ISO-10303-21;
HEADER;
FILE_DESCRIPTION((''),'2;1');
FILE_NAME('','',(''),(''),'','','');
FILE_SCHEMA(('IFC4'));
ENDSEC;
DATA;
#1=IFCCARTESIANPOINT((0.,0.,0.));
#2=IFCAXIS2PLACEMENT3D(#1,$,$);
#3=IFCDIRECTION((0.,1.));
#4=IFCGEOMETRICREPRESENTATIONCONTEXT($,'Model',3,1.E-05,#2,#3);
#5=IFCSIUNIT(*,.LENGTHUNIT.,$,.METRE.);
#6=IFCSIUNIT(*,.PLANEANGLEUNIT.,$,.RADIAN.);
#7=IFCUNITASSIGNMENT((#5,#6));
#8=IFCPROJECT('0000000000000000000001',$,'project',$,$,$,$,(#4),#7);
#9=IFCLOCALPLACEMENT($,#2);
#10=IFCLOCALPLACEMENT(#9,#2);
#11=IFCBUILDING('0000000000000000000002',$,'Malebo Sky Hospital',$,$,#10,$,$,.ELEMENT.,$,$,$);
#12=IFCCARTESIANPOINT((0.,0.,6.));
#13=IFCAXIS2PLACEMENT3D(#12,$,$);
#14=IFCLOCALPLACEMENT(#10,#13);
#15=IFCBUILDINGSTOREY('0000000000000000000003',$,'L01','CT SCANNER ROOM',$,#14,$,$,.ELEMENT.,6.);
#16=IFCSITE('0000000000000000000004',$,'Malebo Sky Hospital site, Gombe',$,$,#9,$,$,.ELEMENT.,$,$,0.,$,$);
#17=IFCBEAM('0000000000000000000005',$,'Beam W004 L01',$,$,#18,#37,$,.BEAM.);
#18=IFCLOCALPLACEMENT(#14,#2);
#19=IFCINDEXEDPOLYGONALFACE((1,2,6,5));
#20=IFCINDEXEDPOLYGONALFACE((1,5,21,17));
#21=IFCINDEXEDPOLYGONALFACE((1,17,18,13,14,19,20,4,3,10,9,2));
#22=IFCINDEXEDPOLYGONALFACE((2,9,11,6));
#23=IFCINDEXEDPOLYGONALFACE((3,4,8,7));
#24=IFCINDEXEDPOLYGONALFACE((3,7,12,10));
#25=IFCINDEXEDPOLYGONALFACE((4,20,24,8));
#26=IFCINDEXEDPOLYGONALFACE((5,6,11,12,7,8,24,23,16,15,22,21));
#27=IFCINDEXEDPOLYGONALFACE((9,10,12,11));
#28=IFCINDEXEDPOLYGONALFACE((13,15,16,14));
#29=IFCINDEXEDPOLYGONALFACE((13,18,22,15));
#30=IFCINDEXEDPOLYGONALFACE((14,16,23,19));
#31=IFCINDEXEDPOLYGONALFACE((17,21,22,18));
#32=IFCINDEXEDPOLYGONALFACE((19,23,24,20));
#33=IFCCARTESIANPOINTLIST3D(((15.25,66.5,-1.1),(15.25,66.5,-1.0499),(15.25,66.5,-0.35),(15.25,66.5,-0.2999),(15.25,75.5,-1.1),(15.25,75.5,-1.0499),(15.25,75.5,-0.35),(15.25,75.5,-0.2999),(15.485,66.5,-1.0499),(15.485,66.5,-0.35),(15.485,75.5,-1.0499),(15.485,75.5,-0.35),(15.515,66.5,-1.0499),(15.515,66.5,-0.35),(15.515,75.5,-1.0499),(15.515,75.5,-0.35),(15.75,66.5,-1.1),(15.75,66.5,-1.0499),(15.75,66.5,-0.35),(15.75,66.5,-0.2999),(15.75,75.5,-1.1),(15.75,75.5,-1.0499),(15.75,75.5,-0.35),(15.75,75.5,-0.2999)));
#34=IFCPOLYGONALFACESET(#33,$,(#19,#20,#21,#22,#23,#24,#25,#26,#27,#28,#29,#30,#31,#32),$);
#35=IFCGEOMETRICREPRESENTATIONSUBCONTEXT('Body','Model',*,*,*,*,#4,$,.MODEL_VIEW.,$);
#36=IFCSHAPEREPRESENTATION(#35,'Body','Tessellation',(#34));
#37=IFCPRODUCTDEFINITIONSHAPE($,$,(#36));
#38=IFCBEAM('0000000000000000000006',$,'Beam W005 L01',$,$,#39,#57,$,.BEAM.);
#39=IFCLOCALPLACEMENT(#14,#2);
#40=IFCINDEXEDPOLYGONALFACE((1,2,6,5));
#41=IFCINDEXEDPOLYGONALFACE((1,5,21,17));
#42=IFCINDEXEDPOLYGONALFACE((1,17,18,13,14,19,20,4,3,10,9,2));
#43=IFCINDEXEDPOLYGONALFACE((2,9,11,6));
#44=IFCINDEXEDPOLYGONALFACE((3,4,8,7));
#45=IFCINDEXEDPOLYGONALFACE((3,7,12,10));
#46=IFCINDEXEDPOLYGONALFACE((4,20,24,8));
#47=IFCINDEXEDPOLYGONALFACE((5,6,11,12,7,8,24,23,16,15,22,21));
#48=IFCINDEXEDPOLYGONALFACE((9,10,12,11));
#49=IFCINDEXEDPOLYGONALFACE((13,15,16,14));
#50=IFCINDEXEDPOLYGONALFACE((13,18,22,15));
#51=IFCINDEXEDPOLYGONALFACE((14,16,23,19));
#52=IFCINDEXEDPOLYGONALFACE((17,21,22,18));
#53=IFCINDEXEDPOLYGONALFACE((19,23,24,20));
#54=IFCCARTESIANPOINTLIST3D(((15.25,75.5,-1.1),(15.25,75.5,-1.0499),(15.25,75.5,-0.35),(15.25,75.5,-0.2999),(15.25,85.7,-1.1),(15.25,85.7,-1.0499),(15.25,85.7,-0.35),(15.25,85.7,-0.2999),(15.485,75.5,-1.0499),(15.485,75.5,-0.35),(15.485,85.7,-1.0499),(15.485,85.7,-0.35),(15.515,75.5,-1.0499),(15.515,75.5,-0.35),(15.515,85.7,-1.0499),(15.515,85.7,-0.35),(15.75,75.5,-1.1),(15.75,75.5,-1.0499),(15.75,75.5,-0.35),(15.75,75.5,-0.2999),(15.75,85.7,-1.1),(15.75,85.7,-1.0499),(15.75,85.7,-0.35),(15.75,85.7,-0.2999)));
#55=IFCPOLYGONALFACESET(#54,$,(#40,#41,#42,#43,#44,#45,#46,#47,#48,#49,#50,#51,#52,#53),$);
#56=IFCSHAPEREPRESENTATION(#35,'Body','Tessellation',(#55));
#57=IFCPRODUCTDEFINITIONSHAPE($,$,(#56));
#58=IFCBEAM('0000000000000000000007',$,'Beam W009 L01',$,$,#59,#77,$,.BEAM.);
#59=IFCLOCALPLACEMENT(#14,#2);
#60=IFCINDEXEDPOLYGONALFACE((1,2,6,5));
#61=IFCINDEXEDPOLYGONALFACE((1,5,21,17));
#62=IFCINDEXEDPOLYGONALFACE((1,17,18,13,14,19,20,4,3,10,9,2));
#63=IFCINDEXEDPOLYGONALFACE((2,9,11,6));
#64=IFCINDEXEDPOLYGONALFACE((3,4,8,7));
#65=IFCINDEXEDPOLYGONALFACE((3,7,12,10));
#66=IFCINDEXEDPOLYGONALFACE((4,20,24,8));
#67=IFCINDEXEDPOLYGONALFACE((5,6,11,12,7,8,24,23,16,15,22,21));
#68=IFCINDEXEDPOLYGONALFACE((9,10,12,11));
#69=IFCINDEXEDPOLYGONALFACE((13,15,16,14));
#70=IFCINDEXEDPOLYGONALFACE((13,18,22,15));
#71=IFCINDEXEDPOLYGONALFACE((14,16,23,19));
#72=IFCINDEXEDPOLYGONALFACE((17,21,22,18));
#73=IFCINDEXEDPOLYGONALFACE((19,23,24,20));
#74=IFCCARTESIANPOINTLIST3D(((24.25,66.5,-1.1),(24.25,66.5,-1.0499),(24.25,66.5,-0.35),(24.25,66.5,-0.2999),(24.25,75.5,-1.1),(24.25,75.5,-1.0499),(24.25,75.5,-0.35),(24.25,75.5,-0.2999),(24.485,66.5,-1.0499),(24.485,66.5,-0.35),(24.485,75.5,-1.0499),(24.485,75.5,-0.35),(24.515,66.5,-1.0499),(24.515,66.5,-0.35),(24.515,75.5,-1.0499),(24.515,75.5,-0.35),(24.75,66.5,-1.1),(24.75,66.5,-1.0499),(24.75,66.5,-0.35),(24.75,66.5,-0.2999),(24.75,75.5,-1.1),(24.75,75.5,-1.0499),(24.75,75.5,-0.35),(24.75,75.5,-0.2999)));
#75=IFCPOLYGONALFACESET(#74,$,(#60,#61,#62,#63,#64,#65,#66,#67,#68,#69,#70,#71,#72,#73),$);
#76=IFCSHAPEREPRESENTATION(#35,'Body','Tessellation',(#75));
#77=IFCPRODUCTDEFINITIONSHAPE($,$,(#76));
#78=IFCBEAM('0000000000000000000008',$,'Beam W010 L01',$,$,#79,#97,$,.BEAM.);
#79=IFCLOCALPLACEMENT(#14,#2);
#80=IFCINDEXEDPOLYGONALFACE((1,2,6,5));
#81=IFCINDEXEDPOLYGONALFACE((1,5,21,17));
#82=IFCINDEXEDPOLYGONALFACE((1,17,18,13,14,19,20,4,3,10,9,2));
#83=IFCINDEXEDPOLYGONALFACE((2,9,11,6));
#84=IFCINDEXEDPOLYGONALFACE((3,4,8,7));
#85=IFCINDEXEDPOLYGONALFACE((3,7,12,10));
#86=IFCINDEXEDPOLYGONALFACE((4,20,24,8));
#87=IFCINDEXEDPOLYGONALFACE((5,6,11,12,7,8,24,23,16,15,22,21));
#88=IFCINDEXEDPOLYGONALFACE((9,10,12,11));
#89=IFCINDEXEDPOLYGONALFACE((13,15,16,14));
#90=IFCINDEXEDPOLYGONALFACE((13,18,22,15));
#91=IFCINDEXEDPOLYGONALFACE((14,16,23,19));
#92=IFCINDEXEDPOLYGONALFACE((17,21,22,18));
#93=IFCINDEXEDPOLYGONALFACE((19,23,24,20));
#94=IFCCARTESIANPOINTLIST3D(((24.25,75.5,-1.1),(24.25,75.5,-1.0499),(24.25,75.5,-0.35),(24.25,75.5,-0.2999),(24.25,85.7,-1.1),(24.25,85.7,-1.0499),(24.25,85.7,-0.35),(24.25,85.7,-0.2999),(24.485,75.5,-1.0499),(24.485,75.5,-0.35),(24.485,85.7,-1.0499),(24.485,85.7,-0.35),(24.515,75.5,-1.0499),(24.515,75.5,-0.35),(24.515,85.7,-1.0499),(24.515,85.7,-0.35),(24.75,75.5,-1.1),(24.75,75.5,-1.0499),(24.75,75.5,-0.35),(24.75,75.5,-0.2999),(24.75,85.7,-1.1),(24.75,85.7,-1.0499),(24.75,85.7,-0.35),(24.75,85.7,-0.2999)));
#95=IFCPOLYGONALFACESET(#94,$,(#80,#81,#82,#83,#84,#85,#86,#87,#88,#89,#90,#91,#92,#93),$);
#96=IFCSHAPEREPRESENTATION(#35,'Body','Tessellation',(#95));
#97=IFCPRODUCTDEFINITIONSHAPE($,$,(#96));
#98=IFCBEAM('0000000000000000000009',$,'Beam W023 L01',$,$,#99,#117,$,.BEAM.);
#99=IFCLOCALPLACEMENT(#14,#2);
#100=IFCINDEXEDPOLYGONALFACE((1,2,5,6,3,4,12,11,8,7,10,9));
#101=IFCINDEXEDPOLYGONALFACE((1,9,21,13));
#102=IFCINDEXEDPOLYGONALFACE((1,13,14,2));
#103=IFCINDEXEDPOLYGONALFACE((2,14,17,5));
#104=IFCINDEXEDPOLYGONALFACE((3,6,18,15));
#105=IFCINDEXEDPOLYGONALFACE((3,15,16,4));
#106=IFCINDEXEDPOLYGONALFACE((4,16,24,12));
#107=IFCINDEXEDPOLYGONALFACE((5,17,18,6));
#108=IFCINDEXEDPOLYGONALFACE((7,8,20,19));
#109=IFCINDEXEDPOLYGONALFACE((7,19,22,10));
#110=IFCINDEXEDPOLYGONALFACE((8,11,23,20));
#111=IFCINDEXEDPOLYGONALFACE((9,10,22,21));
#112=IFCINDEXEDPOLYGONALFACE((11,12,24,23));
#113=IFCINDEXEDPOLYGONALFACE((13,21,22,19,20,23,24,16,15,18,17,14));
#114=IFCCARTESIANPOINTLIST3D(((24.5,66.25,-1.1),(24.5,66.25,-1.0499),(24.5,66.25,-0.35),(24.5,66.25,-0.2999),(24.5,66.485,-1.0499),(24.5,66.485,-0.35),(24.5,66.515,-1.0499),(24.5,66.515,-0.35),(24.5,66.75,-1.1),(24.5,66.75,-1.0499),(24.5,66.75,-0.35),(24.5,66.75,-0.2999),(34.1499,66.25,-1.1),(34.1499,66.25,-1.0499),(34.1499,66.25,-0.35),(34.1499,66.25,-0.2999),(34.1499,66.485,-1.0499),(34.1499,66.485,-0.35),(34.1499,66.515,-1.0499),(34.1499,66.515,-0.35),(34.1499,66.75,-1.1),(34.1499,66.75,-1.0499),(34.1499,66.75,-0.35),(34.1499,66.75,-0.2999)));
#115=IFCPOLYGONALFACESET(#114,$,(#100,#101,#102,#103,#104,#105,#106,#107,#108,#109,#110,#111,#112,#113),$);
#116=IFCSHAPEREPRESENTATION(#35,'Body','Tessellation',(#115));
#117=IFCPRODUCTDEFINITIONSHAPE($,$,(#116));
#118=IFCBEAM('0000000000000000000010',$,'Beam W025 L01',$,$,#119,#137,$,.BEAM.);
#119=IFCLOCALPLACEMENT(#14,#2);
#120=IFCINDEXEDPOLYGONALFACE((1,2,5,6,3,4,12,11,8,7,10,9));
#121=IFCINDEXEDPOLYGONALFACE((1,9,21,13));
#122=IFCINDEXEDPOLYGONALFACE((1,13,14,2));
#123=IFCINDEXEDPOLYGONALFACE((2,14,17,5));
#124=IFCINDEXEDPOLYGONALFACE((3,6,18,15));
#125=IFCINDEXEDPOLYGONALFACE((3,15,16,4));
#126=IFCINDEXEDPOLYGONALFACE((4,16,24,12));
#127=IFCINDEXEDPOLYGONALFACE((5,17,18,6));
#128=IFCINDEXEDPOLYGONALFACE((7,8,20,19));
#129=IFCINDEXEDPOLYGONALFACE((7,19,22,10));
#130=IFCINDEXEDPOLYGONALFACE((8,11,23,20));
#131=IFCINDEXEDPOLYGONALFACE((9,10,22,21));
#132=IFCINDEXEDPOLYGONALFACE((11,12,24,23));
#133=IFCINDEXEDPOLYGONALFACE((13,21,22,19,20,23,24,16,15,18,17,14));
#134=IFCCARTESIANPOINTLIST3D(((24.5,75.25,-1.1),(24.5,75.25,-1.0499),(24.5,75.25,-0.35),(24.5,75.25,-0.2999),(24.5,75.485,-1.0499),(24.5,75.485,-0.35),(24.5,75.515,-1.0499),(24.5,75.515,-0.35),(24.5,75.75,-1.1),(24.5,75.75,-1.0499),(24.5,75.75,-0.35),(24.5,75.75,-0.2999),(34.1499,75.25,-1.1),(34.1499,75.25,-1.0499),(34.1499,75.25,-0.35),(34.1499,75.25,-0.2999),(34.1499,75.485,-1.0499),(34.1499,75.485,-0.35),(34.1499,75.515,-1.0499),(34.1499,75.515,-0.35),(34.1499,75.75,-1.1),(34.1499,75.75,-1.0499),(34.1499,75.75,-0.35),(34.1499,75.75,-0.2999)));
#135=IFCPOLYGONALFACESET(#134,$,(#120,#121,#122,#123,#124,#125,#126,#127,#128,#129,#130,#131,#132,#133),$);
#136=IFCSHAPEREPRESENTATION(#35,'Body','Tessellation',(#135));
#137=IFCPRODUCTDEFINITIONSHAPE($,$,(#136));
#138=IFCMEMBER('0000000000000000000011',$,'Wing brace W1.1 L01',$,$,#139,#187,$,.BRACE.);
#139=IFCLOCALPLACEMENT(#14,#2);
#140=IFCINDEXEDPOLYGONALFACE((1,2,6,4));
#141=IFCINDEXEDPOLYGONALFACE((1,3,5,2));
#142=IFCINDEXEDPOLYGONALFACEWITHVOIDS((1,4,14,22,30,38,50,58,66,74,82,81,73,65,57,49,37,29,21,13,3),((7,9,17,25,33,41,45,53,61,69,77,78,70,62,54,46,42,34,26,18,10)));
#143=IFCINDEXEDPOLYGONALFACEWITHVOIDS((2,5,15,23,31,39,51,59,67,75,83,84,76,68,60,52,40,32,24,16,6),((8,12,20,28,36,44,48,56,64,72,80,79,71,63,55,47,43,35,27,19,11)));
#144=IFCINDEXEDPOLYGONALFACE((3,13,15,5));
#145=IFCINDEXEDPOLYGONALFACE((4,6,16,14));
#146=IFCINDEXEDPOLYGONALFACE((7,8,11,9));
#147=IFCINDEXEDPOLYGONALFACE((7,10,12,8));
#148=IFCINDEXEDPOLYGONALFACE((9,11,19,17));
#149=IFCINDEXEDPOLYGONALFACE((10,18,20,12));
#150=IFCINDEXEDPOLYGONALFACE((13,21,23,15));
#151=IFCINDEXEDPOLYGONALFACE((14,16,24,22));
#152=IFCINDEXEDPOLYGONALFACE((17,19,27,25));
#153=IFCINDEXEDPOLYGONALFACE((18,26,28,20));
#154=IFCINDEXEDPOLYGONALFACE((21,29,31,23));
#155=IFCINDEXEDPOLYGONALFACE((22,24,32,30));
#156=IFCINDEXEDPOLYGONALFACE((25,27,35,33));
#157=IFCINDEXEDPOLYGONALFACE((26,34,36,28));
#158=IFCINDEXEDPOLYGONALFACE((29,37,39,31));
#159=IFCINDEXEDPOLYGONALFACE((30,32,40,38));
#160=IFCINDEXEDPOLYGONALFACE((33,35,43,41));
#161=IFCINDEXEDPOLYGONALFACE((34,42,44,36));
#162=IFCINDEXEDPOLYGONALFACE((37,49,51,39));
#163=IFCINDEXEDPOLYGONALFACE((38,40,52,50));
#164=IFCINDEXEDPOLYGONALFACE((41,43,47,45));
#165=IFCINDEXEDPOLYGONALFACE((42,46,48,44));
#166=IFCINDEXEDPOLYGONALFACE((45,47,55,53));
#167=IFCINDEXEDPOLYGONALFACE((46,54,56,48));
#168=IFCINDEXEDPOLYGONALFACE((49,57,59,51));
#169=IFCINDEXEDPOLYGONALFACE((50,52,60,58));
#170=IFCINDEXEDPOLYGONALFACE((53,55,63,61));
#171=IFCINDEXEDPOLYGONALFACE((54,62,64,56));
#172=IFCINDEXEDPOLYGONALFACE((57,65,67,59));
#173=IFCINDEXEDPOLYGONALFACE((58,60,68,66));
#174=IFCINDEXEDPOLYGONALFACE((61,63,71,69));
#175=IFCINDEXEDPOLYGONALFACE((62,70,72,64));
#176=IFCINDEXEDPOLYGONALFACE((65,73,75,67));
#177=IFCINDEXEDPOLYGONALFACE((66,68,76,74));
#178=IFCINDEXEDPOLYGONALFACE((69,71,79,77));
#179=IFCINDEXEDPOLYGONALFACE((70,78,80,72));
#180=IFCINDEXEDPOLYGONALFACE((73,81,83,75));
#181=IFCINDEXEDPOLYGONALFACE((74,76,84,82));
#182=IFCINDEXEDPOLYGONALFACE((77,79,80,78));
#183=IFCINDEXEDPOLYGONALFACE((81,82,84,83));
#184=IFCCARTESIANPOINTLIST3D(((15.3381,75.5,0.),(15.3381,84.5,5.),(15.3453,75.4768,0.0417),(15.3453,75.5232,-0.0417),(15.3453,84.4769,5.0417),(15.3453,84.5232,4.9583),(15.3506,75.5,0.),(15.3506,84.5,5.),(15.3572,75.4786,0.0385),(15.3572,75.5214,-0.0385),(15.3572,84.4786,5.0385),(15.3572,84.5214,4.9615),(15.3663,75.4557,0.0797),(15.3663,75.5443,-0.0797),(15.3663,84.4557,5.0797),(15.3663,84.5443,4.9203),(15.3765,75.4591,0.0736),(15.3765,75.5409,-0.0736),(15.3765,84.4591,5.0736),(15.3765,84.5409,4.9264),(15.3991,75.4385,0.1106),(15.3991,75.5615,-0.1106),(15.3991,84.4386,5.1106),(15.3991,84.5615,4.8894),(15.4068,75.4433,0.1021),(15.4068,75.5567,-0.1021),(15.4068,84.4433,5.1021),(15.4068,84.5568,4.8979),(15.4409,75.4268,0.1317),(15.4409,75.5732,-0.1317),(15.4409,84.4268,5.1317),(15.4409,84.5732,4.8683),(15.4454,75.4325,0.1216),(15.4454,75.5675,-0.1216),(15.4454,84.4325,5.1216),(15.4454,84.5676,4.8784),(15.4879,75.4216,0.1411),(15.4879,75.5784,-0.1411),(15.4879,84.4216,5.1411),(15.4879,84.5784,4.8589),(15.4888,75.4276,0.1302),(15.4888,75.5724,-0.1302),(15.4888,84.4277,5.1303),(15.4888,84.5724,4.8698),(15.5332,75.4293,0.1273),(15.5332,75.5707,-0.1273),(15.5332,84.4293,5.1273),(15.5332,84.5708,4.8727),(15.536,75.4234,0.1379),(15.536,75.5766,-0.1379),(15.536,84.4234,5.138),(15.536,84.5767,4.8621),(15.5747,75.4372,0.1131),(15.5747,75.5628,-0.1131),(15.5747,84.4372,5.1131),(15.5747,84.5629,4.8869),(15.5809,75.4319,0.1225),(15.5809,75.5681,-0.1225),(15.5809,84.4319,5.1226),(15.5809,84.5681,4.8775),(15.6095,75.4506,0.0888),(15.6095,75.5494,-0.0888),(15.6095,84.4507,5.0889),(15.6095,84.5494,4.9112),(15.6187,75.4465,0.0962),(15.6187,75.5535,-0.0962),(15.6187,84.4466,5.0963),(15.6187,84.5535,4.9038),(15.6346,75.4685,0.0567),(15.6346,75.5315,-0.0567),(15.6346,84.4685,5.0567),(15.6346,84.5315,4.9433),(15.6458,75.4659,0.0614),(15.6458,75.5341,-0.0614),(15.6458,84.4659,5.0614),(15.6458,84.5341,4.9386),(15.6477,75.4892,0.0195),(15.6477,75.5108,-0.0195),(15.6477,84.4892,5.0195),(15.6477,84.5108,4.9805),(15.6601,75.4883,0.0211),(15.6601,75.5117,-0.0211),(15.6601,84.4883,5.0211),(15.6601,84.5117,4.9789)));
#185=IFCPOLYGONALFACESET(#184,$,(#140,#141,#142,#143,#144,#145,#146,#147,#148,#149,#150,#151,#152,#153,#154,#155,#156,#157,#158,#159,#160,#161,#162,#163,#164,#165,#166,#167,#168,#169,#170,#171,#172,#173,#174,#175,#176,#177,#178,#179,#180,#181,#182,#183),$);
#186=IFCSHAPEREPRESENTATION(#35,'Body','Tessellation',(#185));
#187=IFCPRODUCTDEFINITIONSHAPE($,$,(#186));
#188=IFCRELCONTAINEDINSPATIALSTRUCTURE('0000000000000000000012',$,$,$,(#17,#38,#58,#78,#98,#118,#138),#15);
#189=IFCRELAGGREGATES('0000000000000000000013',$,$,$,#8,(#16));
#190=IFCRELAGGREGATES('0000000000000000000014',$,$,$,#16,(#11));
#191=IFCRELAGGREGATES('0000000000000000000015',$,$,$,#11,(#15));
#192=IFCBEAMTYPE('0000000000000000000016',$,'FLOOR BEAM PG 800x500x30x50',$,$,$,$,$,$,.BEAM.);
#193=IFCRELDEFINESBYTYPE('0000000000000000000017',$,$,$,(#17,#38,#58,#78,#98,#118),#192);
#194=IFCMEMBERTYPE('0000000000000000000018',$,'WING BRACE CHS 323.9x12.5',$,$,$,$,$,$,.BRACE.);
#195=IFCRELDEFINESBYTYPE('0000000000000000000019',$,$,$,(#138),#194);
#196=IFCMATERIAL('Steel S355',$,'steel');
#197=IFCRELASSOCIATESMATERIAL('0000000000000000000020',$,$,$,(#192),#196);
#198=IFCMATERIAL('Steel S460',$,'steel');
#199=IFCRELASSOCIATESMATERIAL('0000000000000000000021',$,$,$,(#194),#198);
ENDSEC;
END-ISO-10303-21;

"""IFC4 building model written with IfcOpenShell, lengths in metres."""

from ifc_helpers import new_model, si_unit, direction, frame, origin, origin_2d, place, context, subcontext, project, spatial, hollow_circle, i_section, extrude, material, material_profile, profile_set, type_object, element, save


model = new_model("IFC4")

# Units and contexts
model_context = context("Model", 3, precision=1e-05, world=origin(), true_north=direction((0.0, 1.0)))
body_context = subcontext(model_context, "Body", "Model", "MODEL_VIEW")
ifc_project = project(units=[si_unit("LENGTHUNIT", "METRE"), si_unit("PLANEANGLEUNIT", "RADIAN")], contexts=[model_context])

# Site, building, storey
site_placement = place(None, origin())
site = spatial("IfcSite", under=ifc_project, at=site_placement, Name="Malebo Sky Hospital site, Gombe", CompositionType="ELEMENT", RefElevation=0.0)
building_placement = place(site_placement, origin())
building = spatial("IfcBuilding", under=site, at=building_placement, Name="Malebo Sky Hospital", CompositionType="ELEMENT")
storey_placement = place(building_placement, frame((0.0, 0.0, 6.0)))
storey = spatial("IfcBuildingStorey", under=building, at=storey_placement, Name="L01", Description="CT SCANNER ROOM", CompositionType="ELEMENT", Elevation=6.0)

# Shared definitions
ifc_material_1 = material(Name="Steel S355", Category="steel")

# Beams
ifc_material_profile_1 = material_profile(ifc_material_1, i_section(OverallWidth=0.5, OverallDepth=0.8, WebThickness=0.03, FlangeThickness=0.05, at=origin_2d()), Name="PG 800x500x30x50")
ifc_profile_set_1 = profile_set([ifc_material_profile_1], Name="Steel S355")
beam_type = type_object("IfcBeamType", Name="FLOOR BEAM PG 800x500x30x50", PredefinedType="BEAM", material=ifc_profile_set_1)
beam_1_placement = place(storey_placement, frame((15.5, 66.5, -0.7), z_axis=(0.0, 1.0, 0.0), x_axis=(-1.0, 0.0, 0.0)))
element("IfcBeam", 1, at=beam_1_placement, inside=storey, type_object=beam_type, Name="Beam W004 L01", PredefinedType="BEAM", context=body_context, shape_type="SweptSolid", body=[
    extrude(i_section(OverallWidth=0.5, OverallDepth=0.8, WebThickness=0.03, FlangeThickness=0.05, at=origin_2d()), origin(), (0.0, 0.0, 1.0), 9.0),
])
beam_2_placement = place(storey_placement, frame((15.5, 75.5, -0.7), z_axis=(0.0, 1.0, 0.0), x_axis=(-1.0, 0.0, 0.0)))
element("IfcBeam", 2, at=beam_2_placement, inside=storey, type_object=beam_type, Name="Beam W005 L01", PredefinedType="BEAM", context=body_context, shape_type="SweptSolid", body=[
    extrude(i_section(OverallWidth=0.5, OverallDepth=0.8, WebThickness=0.03, FlangeThickness=0.05, at=origin_2d()), origin(), (0.0, 0.0, 1.0), 10.2),
])
beam_3_placement = place(storey_placement, frame((24.5, 66.5, -0.7), z_axis=(0.0, 1.0, 0.0), x_axis=(-1.0, 0.0, 0.0)))
element("IfcBeam", 3, at=beam_3_placement, inside=storey, type_object=beam_type, Name="Beam W009 L01", PredefinedType="BEAM", context=body_context, shape_type="SweptSolid", body=[
    extrude(i_section(OverallWidth=0.5, OverallDepth=0.8, WebThickness=0.03, FlangeThickness=0.05, at=origin_2d()), origin(), (0.0, 0.0, 1.0), 9.0),
])
beam_4_placement = place(storey_placement, frame((24.5, 75.5, -0.7), z_axis=(0.0, 1.0, 0.0), x_axis=(-1.0, 0.0, 0.0)))
element("IfcBeam", 4, at=beam_4_placement, inside=storey, type_object=beam_type, Name="Beam W010 L01", PredefinedType="BEAM", context=body_context, shape_type="SweptSolid", body=[
    extrude(i_section(OverallWidth=0.5, OverallDepth=0.8, WebThickness=0.03, FlangeThickness=0.05, at=origin_2d()), origin(), (0.0, 0.0, 1.0), 10.2),
])
for number, where, z_axis, x_axis, name in (
    (5, (24.5, 66.5, -0.7), (1.0, 0.0, 0.0), (0.0, 1.0, 0.0), "Beam W023 L01"),
    (6, (24.5, 75.5, -0.7), (1.0, 0.0, 0.0), (0.0, 1.0, 0.0), "Beam W025 L01"),
):
    element("IfcBeam", number, at=place(storey_placement, frame(where, z_axis=z_axis, x_axis=x_axis)), inside=storey, type_object=beam_type, Name=name, PredefinedType="BEAM", context=body_context, shape_type="SweptSolid", body=[
        extrude(i_section(OverallWidth=0.5, OverallDepth=0.8, WebThickness=0.03, FlangeThickness=0.05, at=origin_2d()), origin(), (0.0, 0.0, 1.0), 9.6499),
    ])

# Member
ifc_material_2 = material(Name="Steel S460", Category="steel")
ifc_material_profile_2 = material_profile(ifc_material_2, hollow_circle(Radius=0.1619, WallThickness=0.0125, at=origin_2d()), Name="CHS 323.9x12.5")
ifc_profile_set_2 = profile_set([ifc_material_profile_2], Name="Steel S460")
member_type = type_object("IfcMemberType", Name="WING BRACE CHS 323.9x12.5", PredefinedType="BRACE", material=ifc_profile_set_2)
for number, where, z_axis, x_axis, name in (
    (7, (15.5, 75.5, 0.0), (0.0, 0.874157, 0.485643), (-1.0, 0.0, 0.0), "Wing brace W1.1 L01"),
):
    element("IfcMember", number, at=place(storey_placement, frame(where, z_axis=z_axis, x_axis=x_axis)), inside=storey, type_object=member_type, Name=name, PredefinedType="BRACE", context=body_context, shape_type="SweptSolid", body=[
        extrude(hollow_circle(Radius=0.1619, WallThickness=0.0125, at=origin_2d()), origin(), (0.0, 0.0, 1.0), 10.2957),
    ])

save(model, "model.ifc")
